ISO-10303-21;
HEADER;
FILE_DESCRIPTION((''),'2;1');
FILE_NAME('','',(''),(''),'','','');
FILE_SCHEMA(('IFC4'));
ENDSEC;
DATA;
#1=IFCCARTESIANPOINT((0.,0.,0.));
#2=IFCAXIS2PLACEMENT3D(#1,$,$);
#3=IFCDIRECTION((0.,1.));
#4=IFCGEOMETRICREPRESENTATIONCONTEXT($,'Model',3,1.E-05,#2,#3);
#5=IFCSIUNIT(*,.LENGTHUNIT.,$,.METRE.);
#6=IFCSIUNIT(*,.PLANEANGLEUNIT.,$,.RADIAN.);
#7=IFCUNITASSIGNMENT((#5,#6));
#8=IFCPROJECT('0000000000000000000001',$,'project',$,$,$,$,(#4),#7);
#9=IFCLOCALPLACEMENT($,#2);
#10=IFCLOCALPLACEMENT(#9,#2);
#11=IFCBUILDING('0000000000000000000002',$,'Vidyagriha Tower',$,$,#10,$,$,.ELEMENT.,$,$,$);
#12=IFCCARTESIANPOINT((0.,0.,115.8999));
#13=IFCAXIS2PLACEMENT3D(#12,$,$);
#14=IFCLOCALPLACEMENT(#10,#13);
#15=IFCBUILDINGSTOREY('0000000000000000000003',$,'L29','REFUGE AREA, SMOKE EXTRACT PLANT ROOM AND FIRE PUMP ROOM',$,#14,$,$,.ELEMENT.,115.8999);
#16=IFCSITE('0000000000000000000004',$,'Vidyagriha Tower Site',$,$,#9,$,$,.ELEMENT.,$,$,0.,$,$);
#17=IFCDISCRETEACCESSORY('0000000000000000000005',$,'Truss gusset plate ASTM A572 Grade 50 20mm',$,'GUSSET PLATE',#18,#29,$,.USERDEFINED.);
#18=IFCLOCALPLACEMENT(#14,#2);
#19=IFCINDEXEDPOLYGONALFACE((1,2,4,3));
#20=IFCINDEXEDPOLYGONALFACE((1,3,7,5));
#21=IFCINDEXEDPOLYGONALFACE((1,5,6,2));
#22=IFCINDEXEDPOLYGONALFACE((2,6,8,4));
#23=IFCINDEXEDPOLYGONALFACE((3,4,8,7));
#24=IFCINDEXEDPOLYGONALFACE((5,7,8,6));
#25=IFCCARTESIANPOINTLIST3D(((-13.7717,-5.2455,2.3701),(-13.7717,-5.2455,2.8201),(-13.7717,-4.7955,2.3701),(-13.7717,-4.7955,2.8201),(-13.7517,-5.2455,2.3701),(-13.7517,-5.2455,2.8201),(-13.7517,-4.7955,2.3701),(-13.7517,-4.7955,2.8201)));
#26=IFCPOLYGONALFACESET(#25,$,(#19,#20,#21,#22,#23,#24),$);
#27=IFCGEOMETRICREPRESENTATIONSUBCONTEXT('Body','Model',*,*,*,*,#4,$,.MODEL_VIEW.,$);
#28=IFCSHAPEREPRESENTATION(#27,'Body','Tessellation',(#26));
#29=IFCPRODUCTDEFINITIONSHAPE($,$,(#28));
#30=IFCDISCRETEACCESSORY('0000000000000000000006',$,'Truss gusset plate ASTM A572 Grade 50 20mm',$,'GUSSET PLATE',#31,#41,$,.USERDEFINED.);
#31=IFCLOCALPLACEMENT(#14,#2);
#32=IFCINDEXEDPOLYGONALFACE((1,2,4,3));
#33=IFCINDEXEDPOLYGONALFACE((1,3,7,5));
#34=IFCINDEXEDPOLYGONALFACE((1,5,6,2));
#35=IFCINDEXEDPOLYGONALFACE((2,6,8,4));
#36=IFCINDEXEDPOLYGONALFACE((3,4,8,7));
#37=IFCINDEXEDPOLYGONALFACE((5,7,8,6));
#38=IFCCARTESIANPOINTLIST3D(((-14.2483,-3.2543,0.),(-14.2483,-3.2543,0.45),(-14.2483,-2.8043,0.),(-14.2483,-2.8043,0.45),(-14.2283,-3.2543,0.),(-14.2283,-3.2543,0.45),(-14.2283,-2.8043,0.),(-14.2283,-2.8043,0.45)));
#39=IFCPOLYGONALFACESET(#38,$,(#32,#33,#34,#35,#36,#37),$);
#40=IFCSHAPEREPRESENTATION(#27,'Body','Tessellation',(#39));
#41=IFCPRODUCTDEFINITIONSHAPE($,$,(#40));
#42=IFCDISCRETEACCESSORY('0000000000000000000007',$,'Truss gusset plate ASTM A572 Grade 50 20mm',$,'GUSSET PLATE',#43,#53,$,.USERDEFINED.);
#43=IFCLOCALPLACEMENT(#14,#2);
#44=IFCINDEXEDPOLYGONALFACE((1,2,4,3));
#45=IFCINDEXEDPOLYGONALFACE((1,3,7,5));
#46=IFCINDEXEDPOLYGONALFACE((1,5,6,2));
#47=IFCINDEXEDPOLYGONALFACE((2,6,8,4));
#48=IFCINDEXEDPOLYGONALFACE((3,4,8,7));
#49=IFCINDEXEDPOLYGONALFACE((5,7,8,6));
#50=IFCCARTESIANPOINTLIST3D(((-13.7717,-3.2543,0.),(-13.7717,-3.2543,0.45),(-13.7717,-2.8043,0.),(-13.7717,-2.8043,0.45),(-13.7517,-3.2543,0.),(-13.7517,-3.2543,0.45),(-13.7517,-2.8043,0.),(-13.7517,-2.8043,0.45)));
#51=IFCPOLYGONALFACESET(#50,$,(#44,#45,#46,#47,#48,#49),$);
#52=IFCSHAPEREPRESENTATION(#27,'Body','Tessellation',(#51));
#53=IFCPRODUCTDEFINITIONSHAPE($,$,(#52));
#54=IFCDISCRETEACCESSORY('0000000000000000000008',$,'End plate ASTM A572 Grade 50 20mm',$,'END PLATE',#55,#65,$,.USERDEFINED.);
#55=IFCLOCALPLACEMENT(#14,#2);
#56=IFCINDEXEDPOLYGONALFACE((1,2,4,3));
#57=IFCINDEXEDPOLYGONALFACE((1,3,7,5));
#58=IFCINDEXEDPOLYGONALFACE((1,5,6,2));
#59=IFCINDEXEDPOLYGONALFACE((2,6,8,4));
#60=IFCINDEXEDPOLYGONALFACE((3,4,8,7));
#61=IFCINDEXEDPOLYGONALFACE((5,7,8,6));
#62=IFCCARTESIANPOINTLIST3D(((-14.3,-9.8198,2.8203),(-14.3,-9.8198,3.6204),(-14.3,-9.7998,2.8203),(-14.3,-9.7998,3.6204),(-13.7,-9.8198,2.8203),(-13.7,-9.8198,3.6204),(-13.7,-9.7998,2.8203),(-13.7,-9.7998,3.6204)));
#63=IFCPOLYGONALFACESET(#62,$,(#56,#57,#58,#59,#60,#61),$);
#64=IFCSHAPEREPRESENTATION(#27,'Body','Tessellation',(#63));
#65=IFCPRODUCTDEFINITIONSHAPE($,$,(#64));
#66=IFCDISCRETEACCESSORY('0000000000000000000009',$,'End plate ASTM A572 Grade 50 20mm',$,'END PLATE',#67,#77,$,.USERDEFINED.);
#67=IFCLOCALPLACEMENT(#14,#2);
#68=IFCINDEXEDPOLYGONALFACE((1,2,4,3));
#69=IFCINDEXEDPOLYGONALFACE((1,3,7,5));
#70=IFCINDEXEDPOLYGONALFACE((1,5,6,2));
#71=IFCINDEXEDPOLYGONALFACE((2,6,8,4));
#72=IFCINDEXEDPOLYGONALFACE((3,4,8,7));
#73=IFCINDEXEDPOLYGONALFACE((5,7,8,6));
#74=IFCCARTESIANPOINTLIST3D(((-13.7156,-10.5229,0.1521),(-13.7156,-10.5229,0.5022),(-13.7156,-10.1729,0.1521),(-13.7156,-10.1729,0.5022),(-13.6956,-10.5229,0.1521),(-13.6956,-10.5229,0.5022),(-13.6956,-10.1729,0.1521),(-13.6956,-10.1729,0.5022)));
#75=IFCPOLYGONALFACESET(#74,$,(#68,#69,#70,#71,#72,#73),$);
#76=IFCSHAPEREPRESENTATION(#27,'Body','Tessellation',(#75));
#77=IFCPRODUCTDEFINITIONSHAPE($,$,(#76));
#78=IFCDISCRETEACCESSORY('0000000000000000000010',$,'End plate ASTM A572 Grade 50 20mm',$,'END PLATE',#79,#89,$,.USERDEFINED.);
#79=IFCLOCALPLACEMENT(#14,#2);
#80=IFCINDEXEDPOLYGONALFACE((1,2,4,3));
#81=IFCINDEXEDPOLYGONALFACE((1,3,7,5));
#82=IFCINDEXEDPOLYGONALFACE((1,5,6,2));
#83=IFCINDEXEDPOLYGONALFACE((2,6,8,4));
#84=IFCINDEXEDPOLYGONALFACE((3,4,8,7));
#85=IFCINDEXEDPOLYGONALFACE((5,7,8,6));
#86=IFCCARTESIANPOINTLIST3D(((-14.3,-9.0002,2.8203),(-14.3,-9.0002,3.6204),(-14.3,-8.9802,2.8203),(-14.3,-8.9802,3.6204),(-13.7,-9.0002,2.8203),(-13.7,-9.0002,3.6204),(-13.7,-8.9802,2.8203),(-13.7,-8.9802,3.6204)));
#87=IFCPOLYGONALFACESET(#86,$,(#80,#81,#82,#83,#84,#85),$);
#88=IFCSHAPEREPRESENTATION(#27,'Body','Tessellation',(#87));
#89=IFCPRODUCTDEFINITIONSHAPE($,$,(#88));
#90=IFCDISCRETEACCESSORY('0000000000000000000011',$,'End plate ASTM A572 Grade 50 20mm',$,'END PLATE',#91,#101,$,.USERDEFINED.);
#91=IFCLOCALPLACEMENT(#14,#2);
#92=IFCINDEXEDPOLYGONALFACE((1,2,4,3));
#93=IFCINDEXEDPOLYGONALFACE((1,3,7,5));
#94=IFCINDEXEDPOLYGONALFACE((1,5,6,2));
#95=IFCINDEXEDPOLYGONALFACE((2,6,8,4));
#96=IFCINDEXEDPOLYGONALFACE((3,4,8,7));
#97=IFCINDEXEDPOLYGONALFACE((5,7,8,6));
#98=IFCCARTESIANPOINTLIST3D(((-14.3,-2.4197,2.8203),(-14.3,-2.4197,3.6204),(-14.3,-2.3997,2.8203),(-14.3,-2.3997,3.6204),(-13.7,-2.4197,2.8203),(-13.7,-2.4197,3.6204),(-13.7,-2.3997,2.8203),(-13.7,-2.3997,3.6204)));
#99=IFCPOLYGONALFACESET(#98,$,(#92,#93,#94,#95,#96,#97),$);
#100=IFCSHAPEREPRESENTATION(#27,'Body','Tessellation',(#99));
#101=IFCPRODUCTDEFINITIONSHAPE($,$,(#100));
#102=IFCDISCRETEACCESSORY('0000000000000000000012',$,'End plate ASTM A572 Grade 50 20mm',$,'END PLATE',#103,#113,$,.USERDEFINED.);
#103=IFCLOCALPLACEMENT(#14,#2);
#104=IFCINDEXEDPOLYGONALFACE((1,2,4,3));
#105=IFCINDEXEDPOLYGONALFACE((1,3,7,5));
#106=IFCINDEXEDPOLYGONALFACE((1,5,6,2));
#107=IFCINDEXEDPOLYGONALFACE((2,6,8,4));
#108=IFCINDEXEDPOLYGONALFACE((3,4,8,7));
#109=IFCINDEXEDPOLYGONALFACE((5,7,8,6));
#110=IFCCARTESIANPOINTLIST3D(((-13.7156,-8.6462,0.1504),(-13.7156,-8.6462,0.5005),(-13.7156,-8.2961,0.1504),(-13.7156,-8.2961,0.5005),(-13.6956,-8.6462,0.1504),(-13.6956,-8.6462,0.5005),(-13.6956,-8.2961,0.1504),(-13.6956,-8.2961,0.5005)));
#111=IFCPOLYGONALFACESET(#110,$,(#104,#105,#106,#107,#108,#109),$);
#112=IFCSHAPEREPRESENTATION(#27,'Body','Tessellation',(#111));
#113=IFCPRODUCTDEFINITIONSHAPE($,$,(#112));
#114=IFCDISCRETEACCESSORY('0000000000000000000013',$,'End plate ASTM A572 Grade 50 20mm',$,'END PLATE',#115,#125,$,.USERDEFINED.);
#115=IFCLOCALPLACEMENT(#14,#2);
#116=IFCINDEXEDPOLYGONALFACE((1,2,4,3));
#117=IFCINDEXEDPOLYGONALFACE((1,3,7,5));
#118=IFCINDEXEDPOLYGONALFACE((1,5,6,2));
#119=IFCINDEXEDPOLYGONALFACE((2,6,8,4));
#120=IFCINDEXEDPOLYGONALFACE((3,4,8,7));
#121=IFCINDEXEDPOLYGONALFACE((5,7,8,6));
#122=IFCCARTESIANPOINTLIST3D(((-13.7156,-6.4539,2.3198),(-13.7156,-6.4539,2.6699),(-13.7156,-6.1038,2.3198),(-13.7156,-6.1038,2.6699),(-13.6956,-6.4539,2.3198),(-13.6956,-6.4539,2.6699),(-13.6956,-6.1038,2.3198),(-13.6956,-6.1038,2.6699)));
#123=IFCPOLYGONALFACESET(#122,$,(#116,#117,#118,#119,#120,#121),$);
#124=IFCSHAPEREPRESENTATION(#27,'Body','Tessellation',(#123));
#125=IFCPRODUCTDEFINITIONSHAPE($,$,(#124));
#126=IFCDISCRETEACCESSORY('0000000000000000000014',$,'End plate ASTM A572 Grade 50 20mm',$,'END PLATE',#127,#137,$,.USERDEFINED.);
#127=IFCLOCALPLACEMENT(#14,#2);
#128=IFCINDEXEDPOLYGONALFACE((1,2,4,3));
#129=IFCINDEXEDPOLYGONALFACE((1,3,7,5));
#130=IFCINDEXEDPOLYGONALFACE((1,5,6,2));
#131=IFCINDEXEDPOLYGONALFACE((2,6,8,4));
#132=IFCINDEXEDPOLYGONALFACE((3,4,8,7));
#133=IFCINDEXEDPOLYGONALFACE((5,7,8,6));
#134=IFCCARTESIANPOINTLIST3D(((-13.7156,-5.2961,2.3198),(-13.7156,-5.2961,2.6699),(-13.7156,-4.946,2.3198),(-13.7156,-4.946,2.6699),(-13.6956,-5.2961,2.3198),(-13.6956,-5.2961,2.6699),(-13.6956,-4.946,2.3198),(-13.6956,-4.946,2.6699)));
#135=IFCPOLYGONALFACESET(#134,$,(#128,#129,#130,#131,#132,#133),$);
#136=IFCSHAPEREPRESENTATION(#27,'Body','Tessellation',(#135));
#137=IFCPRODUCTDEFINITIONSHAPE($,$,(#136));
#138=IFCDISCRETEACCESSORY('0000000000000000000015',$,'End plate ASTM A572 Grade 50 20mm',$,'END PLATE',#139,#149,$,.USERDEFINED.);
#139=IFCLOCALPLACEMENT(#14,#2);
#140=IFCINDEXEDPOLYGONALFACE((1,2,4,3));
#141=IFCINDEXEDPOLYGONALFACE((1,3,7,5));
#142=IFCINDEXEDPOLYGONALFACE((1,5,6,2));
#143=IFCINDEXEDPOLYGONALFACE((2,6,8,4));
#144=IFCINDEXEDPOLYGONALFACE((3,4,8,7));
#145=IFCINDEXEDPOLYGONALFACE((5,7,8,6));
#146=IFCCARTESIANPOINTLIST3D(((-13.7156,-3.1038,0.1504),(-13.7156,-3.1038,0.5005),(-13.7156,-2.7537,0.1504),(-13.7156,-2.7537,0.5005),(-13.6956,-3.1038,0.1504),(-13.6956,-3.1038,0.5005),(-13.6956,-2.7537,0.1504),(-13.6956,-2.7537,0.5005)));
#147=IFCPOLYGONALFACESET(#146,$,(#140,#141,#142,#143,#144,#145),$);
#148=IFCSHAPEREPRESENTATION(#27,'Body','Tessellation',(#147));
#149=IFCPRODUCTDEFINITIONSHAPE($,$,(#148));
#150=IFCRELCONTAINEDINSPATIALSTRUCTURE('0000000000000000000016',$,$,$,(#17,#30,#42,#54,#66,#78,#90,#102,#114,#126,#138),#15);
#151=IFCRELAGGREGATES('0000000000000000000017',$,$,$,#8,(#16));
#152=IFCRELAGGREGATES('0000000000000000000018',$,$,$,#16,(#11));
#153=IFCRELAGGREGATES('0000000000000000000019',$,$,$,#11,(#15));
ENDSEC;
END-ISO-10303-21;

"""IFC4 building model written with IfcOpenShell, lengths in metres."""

from ifc_helpers import new_model, si_unit, direction, frame, origin, origin_2d, place, context, subcontext, project, spatial, rectangle, extrude, element, save


model = new_model("IFC4")

# Units and contexts
model_context = context("Model", 3, precision=1e-05, world=origin(), true_north=direction((0.0, 1.0)))
body_context = subcontext(model_context, "Body", "Model", "MODEL_VIEW")
ifc_project = project(units=[si_unit("LENGTHUNIT", "METRE"), si_unit("PLANEANGLEUNIT", "RADIAN")], contexts=[model_context])

# Site, building, storey
site_placement = place(None, origin())
site = spatial("IfcSite", under=ifc_project, at=site_placement, Name="Vidyagriha Tower Site", CompositionType="ELEMENT", RefElevation=0.0)
building_placement = place(site_placement, origin())
building = spatial("IfcBuilding", under=site, at=building_placement, Name="Vidyagriha Tower", CompositionType="ELEMENT")
storey_placement = place(building_placement, frame((0.0, 0.0, 115.8999)))
storey = spatial("IfcBuildingStorey", under=building, at=storey_placement, Name="L29", Description="REFUGE AREA, SMOKE EXTRACT PLANT ROOM AND FIRE PUMP ROOM", CompositionType="ELEMENT", Elevation=115.8999)

# Discrete accessories
for number, where, z_axis, x_axis, name in (
    (1, (-13.7617, -5.0205, 2.3701), (0.0, 0.0, 1.0), (0.0, 1.0, 0.0), "Truss gusset plate ASTM A572 Grade 50 20mm"),
    (2, (-14.2383, -3.0293, 0.0), (0.0, 0.0, 1.0), (0.0, 1.0, 0.0), "Truss gusset plate ASTM A572 Grade 50 20mm"),
    (3, (-13.7617, -3.0293, 0.0), (0.0, 0.0, 1.0), (0.0, 1.0, 0.0), "Truss gusset plate ASTM A572 Grade 50 20mm"),
):
    element("IfcDiscreteAccessory", number, at=place(storey_placement, frame(where, z_axis=z_axis, x_axis=x_axis)), inside=storey, Name=name, ObjectType="GUSSET PLATE", PredefinedType="USERDEFINED", context=body_context, shape_type="SweptSolid", body=[
        extrude(rectangle(XDim=0.45, YDim=0.02, at=origin_2d()), origin(), (0.0, 0.0, 1.0), 0.45),
    ])
discrete_accessory_1_placement = place(storey_placement, frame((-14.0, -9.8098, 2.8203), z_axis=(0.0, 0.0, 1.0), x_axis=(0.0, 1.0, 0.0)))
element("IfcDiscreteAccessory", 4, at=discrete_accessory_1_placement, inside=storey, Name="End plate ASTM A572 Grade 50 20mm", ObjectType="END PLATE", PredefinedType="USERDEFINED", context=body_context, shape_type="SweptSolid", body=[
    extrude(rectangle(XDim=0.02, YDim=0.6001, at=origin_2d()), origin(), (0.0, 0.0, 1.0), 0.8),
])
discrete_accessory_2_placement = place(storey_placement, frame((-13.7056, -10.3479, 0.1521), z_axis=(0.0, 0.0, 1.0), x_axis=(0.0, 1.0, 0.0)))
element("IfcDiscreteAccessory", 5, at=discrete_accessory_2_placement, inside=storey, Name="End plate ASTM A572 Grade 50 20mm", ObjectType="END PLATE", PredefinedType="USERDEFINED", context=body_context, shape_type="SweptSolid", body=[
    extrude(rectangle(XDim=0.3501, YDim=0.02, at=origin_2d()), origin(), (0.0, 0.0, 1.0), 0.3501),
])
for number, where, z_axis, x_axis, name in (
    (6, (-14.0, -8.9902, 2.8203), (0.0, 0.0, 1.0), (0.0, -1.0, 0.0), "End plate ASTM A572 Grade 50 20mm"),
    (7, (-14.0, -2.4097, 2.8203), (0.0, 0.0, 1.0), (0.0, 1.0, 0.0), "End plate ASTM A572 Grade 50 20mm"),
):
    element("IfcDiscreteAccessory", number, at=place(storey_placement, frame(where, z_axis=z_axis, x_axis=x_axis)), inside=storey, Name=name, ObjectType="END PLATE", PredefinedType="USERDEFINED", context=body_context, shape_type="SweptSolid", body=[
        extrude(rectangle(XDim=0.02, YDim=0.6001, at=origin_2d()), origin(), (0.0, 0.0, 1.0), 0.8),
    ])
for number, where, z_axis, x_axis, name in (
    (8, (-13.7056, -8.4712, 0.1504), (0.0, 0.0, 1.0), (0.0, -1.0, 0.0), "End plate ASTM A572 Grade 50 20mm"),
    (9, (-13.7056, -6.2788, 2.3198), (0.0, 0.0, 1.0), (0.0, 1.0, 0.0), "End plate ASTM A572 Grade 50 20mm"),
    (10, (-13.7056, -5.1211, 2.3198), (0.0, 0.0, 1.0), (0.0, -1.0, 0.0), "End plate ASTM A572 Grade 50 20mm"),
    (11, (-13.7056, -2.9287, 0.1504), (0.0, 0.0, 1.0), (0.0, 1.0, 0.0), "End plate ASTM A572 Grade 50 20mm"),
):
    element("IfcDiscreteAccessory", number, at=place(storey_placement, frame(where, z_axis=z_axis, x_axis=x_axis)), inside=storey, Name=name, ObjectType="END PLATE", PredefinedType="USERDEFINED", context=body_context, shape_type="SweptSolid", body=[
        extrude(rectangle(XDim=0.3501, YDim=0.02, at=origin_2d()), origin(), (0.0, 0.0, 1.0), 0.3501),
    ])

save(model, "model.ifc")
